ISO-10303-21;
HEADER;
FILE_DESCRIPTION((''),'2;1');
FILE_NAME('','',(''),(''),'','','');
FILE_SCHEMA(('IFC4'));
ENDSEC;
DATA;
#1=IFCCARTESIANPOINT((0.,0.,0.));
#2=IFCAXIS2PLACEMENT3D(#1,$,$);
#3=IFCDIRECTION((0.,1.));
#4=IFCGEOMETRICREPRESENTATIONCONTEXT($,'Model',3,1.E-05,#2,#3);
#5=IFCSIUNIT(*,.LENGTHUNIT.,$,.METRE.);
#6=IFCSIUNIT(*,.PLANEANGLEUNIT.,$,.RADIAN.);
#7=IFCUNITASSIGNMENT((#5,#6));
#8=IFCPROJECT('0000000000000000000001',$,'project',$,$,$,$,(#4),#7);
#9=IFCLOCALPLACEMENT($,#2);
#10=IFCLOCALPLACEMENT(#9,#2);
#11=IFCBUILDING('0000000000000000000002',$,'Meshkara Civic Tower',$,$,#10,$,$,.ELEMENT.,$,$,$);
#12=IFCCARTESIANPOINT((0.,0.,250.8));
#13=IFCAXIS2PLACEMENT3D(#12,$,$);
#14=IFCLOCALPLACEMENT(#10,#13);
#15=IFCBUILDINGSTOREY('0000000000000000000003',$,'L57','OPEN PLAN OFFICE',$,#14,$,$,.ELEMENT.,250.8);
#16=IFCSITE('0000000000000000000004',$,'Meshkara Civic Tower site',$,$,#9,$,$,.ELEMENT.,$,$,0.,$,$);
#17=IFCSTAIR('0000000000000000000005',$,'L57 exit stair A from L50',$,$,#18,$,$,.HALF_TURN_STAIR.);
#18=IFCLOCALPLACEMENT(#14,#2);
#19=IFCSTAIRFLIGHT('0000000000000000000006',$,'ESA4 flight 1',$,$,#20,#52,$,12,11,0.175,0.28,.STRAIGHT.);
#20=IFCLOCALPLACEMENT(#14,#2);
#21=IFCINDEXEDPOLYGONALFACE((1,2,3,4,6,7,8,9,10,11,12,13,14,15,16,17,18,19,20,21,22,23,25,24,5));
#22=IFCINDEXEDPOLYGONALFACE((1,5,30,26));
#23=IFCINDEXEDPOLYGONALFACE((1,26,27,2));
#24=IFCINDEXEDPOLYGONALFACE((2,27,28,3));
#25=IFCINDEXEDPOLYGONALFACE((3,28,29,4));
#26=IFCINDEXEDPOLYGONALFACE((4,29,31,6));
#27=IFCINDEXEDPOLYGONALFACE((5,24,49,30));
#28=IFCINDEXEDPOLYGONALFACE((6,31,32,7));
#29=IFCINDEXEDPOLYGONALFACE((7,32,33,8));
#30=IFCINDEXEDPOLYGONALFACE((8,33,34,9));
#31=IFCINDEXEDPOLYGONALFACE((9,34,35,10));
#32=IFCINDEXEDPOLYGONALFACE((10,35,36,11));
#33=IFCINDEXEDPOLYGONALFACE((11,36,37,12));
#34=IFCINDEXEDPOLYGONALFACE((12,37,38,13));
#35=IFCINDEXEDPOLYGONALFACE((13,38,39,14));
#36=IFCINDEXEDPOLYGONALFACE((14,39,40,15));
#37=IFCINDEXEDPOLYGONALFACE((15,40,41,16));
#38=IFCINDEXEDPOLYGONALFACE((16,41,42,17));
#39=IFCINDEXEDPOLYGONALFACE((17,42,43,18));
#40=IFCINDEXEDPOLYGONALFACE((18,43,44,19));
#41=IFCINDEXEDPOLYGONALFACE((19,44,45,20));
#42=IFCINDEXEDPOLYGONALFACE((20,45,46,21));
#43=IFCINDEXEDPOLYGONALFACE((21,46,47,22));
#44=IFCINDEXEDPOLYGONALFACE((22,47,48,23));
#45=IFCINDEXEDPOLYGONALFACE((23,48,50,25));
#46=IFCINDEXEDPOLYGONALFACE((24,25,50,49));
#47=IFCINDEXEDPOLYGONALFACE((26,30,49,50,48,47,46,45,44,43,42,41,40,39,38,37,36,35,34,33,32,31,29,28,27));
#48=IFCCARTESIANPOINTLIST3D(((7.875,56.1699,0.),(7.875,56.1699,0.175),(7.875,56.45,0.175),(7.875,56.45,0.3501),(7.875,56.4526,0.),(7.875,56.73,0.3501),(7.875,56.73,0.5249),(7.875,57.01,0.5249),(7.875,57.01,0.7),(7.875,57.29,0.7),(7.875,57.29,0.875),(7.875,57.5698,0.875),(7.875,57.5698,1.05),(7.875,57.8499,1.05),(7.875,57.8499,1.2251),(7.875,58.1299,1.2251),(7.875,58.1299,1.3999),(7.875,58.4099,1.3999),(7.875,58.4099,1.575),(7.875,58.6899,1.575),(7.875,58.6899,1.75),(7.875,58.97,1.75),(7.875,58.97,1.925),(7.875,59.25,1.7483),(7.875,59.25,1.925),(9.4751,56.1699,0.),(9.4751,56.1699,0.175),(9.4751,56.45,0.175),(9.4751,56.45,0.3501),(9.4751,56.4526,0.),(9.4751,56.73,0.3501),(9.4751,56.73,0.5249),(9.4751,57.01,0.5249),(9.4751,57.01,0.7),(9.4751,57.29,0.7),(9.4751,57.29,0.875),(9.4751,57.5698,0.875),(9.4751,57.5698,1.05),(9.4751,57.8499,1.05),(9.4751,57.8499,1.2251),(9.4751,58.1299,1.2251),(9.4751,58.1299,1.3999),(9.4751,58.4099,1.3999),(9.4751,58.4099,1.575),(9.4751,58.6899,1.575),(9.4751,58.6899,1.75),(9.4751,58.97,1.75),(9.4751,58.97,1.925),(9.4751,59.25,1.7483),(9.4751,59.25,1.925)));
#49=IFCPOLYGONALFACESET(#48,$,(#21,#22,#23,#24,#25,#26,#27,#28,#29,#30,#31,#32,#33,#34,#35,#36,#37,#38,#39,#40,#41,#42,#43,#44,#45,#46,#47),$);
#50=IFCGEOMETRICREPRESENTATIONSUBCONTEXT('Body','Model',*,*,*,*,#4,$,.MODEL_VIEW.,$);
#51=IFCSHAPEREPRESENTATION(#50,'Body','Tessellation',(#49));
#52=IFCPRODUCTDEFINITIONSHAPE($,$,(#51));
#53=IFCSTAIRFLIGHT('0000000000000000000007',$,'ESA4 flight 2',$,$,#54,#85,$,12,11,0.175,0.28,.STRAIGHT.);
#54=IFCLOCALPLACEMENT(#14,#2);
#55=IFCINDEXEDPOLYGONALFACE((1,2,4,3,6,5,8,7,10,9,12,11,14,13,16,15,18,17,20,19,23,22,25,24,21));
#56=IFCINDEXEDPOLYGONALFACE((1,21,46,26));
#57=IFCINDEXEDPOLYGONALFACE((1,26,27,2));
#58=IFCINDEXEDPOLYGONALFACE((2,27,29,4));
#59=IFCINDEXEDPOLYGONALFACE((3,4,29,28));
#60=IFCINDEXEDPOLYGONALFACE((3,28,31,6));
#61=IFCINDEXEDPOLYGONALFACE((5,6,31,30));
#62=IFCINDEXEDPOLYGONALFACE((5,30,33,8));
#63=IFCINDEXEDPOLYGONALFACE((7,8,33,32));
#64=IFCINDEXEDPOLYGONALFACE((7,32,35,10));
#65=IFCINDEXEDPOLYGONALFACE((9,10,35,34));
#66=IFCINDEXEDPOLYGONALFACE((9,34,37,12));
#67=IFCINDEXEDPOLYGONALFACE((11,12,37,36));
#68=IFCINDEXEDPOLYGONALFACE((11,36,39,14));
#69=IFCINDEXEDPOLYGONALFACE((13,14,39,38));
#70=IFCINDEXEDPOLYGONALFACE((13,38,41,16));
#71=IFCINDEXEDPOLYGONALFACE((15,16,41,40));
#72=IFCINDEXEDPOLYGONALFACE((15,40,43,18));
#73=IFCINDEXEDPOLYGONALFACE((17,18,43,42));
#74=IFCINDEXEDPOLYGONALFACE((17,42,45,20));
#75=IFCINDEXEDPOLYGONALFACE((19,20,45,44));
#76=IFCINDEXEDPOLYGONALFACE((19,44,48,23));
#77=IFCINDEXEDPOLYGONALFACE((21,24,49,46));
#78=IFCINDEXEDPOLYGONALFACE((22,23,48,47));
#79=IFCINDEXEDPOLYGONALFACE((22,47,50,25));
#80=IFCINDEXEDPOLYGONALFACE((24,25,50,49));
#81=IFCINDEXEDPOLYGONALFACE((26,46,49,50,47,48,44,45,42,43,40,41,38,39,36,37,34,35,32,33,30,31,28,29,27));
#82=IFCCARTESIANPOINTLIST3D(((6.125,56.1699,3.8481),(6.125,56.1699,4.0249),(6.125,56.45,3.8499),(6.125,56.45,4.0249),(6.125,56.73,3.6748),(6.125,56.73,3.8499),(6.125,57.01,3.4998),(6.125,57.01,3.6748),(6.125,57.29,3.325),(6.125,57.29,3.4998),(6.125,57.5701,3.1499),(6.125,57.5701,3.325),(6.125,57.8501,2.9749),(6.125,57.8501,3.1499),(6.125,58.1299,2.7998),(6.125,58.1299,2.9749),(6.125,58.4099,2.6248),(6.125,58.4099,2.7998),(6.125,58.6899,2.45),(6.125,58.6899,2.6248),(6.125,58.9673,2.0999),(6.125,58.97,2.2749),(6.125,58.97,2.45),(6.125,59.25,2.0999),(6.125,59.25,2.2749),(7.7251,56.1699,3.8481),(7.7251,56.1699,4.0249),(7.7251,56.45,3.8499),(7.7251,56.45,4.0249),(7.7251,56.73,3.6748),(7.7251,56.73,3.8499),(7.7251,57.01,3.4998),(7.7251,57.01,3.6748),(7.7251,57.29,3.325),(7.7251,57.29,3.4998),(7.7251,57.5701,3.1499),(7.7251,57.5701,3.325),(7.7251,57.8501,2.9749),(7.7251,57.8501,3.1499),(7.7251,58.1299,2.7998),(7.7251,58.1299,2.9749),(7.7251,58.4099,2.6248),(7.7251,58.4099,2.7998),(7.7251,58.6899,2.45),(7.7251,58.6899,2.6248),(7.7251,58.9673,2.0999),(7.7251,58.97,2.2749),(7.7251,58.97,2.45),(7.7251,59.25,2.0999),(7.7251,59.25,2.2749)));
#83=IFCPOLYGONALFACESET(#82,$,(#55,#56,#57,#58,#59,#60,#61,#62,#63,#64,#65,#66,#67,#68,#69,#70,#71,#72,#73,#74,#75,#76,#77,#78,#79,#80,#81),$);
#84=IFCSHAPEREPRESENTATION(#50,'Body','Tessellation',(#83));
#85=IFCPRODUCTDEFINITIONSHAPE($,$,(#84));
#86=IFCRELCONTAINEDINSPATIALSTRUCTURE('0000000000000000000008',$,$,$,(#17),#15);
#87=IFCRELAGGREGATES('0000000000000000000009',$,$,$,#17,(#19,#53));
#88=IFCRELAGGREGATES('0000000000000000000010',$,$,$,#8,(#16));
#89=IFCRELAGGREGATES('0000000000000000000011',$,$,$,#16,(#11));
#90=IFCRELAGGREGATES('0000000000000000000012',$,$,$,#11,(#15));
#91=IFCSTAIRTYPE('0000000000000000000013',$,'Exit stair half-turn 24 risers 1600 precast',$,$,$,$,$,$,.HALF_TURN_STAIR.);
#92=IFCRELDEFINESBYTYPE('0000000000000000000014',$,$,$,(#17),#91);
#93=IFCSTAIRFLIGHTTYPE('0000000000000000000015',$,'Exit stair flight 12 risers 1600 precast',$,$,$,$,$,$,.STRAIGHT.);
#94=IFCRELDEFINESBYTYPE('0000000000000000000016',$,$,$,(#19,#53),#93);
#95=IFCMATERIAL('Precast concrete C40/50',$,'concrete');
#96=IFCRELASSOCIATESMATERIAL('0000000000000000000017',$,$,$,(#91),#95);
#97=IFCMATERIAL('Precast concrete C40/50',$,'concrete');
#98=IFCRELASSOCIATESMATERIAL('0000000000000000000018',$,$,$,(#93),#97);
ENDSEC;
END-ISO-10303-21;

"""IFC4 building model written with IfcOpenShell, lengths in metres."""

from ifc_helpers import new_model, si_unit, direction, frame, origin, place, context, subcontext, project, spatial, polyline, outline, extrude, material, type_object, element, aggregate, save


model = new_model("IFC4")

# Units and contexts
model_context = context("Model", 3, precision=1e-05, world=origin(), true_north=direction((0.0, 1.0)))
body_context = subcontext(model_context, "Body", "Model", "MODEL_VIEW")
ifc_project = project(units=[si_unit("LENGTHUNIT", "METRE"), si_unit("PLANEANGLEUNIT", "RADIAN")], contexts=[model_context])

# Site, building, storey
site_placement = place(None, origin())
site = spatial("IfcSite", under=ifc_project, at=site_placement, Name="Meshkara Civic Tower site", CompositionType="ELEMENT", RefElevation=0.0)
building_placement = place(site_placement, origin())
building = spatial("IfcBuilding", under=site, at=building_placement, Name="Meshkara Civic Tower", CompositionType="ELEMENT")
storey_placement = place(building_placement, frame((0.0, 0.0, 250.8)))
storey = spatial("IfcBuildingStorey", under=building, at=storey_placement, Name="L57", Description="OPEN PLAN OFFICE", CompositionType="ELEMENT", Elevation=250.8)

# Stair, stair flights
ifc_material_1 = material(Name="Precast concrete C40/50", Category="concrete")
stair_type = type_object("IfcStairType", Name="Exit stair half-turn 24 risers 1600 precast", PredefinedType="HALF_TURN_STAIR", material=ifc_material_1)
stair_placement = place(storey_placement, origin())
stair = element("IfcStair", 1, at=stair_placement, inside=storey, type_object=stair_type, Name="L57 exit stair A from L50", PredefinedType="HALF_TURN_STAIR")
ifc_material_2 = material(Name="Precast concrete C40/50", Category="concrete")
stair_flight_type = type_object("IfcStairFlightType", Name="Exit stair flight 12 risers 1600 precast", PredefinedType="STRAIGHT", material=ifc_material_2)
stair_flight_1_placement = place(storey_placement, frame((8.675, 56.1699, 0.0), z_axis=(0.0, 0.0, 1.0), x_axis=(0.0, 1.0, 0.0)))
stair_flight_1 = element("IfcStairFlight", 2, at=stair_flight_1_placement, type_object=stair_flight_type, Name="ESA4 flight 1", NumberOfRisers=12, NumberOfTreads=11, PredefinedType="STRAIGHT", RiserHeight=0.175, TreadLength=0.28, context=body_context, shape_type="SweptSolid", body=[
    extrude(outline(polyline([(0.0, 0.0), (0.0, 0.175), (0.28, 0.175), (0.28, 0.3501), (0.5601, 0.3501), (0.5601, 0.5249), (0.8401, 0.5249), (0.8401, 0.7), (1.1201, 0.7), (1.1201, 0.875), (1.3999, 0.875), (1.3999, 1.05), (1.6799, 1.05), (1.6799, 1.2251), (1.96, 1.2251), (1.96, 1.3999), (2.24, 1.3999), (2.24, 1.575), (2.52, 1.575), (2.52, 1.75), (2.8, 1.75), (2.8, 1.925), (3.0801, 1.925), (3.0801, 2.1001), (3.0801, 1.7483), (0.2827, 0.0), (0.0, 0.0)])), frame((0.0, 0.8, 0.0), z_axis=(0.0, -1.0, 0.0), x_axis=(1.0, 0.0, 0.0)), (0.0, 0.0, 1.0), 1.6001),
])
stair_flight_2_placement = place(storey_placement, frame((6.925, 59.25, 2.0999), z_axis=(0.0, 0.0, 1.0), x_axis=(0.0, -1.0, 0.0)))
stair_flight_2 = element("IfcStairFlight", 3, at=stair_flight_2_placement, type_object=stair_flight_type, Name="ESA4 flight 2", NumberOfRisers=12, NumberOfTreads=11, PredefinedType="STRAIGHT", RiserHeight=0.175, TreadLength=0.28, context=body_context, shape_type="SweptSolid", body=[
    extrude(outline(polyline([(0.0, 0.0), (0.0, 0.175), (0.28, 0.175), (0.28, 0.3501), (0.5601, 0.3501), (0.5601, 0.5249), (0.8401, 0.5249), (0.8401, 0.7), (1.1201, 0.7), (1.1201, 0.875), (1.3999, 0.875), (1.3999, 1.05), (1.6799, 1.05), (1.6799, 1.2251), (1.96, 1.2251), (1.96, 1.3999), (2.24, 1.3999), (2.24, 1.575), (2.52, 1.575), (2.52, 1.75), (2.8, 1.75), (2.8, 1.925), (3.0801, 1.925), (3.0801, 2.1001), (3.0801, 1.7483), (0.2827, 0.0), (0.0, 0.0)])), frame((0.0, 0.8, 0.0), z_axis=(0.0, -1.0, 0.0), x_axis=(1.0, 0.0, 0.0)), (0.0, 0.0, 1.0), 1.6001),
])
aggregate(stair, [stair_flight_1, stair_flight_2])

save(model, "model.ifc")
